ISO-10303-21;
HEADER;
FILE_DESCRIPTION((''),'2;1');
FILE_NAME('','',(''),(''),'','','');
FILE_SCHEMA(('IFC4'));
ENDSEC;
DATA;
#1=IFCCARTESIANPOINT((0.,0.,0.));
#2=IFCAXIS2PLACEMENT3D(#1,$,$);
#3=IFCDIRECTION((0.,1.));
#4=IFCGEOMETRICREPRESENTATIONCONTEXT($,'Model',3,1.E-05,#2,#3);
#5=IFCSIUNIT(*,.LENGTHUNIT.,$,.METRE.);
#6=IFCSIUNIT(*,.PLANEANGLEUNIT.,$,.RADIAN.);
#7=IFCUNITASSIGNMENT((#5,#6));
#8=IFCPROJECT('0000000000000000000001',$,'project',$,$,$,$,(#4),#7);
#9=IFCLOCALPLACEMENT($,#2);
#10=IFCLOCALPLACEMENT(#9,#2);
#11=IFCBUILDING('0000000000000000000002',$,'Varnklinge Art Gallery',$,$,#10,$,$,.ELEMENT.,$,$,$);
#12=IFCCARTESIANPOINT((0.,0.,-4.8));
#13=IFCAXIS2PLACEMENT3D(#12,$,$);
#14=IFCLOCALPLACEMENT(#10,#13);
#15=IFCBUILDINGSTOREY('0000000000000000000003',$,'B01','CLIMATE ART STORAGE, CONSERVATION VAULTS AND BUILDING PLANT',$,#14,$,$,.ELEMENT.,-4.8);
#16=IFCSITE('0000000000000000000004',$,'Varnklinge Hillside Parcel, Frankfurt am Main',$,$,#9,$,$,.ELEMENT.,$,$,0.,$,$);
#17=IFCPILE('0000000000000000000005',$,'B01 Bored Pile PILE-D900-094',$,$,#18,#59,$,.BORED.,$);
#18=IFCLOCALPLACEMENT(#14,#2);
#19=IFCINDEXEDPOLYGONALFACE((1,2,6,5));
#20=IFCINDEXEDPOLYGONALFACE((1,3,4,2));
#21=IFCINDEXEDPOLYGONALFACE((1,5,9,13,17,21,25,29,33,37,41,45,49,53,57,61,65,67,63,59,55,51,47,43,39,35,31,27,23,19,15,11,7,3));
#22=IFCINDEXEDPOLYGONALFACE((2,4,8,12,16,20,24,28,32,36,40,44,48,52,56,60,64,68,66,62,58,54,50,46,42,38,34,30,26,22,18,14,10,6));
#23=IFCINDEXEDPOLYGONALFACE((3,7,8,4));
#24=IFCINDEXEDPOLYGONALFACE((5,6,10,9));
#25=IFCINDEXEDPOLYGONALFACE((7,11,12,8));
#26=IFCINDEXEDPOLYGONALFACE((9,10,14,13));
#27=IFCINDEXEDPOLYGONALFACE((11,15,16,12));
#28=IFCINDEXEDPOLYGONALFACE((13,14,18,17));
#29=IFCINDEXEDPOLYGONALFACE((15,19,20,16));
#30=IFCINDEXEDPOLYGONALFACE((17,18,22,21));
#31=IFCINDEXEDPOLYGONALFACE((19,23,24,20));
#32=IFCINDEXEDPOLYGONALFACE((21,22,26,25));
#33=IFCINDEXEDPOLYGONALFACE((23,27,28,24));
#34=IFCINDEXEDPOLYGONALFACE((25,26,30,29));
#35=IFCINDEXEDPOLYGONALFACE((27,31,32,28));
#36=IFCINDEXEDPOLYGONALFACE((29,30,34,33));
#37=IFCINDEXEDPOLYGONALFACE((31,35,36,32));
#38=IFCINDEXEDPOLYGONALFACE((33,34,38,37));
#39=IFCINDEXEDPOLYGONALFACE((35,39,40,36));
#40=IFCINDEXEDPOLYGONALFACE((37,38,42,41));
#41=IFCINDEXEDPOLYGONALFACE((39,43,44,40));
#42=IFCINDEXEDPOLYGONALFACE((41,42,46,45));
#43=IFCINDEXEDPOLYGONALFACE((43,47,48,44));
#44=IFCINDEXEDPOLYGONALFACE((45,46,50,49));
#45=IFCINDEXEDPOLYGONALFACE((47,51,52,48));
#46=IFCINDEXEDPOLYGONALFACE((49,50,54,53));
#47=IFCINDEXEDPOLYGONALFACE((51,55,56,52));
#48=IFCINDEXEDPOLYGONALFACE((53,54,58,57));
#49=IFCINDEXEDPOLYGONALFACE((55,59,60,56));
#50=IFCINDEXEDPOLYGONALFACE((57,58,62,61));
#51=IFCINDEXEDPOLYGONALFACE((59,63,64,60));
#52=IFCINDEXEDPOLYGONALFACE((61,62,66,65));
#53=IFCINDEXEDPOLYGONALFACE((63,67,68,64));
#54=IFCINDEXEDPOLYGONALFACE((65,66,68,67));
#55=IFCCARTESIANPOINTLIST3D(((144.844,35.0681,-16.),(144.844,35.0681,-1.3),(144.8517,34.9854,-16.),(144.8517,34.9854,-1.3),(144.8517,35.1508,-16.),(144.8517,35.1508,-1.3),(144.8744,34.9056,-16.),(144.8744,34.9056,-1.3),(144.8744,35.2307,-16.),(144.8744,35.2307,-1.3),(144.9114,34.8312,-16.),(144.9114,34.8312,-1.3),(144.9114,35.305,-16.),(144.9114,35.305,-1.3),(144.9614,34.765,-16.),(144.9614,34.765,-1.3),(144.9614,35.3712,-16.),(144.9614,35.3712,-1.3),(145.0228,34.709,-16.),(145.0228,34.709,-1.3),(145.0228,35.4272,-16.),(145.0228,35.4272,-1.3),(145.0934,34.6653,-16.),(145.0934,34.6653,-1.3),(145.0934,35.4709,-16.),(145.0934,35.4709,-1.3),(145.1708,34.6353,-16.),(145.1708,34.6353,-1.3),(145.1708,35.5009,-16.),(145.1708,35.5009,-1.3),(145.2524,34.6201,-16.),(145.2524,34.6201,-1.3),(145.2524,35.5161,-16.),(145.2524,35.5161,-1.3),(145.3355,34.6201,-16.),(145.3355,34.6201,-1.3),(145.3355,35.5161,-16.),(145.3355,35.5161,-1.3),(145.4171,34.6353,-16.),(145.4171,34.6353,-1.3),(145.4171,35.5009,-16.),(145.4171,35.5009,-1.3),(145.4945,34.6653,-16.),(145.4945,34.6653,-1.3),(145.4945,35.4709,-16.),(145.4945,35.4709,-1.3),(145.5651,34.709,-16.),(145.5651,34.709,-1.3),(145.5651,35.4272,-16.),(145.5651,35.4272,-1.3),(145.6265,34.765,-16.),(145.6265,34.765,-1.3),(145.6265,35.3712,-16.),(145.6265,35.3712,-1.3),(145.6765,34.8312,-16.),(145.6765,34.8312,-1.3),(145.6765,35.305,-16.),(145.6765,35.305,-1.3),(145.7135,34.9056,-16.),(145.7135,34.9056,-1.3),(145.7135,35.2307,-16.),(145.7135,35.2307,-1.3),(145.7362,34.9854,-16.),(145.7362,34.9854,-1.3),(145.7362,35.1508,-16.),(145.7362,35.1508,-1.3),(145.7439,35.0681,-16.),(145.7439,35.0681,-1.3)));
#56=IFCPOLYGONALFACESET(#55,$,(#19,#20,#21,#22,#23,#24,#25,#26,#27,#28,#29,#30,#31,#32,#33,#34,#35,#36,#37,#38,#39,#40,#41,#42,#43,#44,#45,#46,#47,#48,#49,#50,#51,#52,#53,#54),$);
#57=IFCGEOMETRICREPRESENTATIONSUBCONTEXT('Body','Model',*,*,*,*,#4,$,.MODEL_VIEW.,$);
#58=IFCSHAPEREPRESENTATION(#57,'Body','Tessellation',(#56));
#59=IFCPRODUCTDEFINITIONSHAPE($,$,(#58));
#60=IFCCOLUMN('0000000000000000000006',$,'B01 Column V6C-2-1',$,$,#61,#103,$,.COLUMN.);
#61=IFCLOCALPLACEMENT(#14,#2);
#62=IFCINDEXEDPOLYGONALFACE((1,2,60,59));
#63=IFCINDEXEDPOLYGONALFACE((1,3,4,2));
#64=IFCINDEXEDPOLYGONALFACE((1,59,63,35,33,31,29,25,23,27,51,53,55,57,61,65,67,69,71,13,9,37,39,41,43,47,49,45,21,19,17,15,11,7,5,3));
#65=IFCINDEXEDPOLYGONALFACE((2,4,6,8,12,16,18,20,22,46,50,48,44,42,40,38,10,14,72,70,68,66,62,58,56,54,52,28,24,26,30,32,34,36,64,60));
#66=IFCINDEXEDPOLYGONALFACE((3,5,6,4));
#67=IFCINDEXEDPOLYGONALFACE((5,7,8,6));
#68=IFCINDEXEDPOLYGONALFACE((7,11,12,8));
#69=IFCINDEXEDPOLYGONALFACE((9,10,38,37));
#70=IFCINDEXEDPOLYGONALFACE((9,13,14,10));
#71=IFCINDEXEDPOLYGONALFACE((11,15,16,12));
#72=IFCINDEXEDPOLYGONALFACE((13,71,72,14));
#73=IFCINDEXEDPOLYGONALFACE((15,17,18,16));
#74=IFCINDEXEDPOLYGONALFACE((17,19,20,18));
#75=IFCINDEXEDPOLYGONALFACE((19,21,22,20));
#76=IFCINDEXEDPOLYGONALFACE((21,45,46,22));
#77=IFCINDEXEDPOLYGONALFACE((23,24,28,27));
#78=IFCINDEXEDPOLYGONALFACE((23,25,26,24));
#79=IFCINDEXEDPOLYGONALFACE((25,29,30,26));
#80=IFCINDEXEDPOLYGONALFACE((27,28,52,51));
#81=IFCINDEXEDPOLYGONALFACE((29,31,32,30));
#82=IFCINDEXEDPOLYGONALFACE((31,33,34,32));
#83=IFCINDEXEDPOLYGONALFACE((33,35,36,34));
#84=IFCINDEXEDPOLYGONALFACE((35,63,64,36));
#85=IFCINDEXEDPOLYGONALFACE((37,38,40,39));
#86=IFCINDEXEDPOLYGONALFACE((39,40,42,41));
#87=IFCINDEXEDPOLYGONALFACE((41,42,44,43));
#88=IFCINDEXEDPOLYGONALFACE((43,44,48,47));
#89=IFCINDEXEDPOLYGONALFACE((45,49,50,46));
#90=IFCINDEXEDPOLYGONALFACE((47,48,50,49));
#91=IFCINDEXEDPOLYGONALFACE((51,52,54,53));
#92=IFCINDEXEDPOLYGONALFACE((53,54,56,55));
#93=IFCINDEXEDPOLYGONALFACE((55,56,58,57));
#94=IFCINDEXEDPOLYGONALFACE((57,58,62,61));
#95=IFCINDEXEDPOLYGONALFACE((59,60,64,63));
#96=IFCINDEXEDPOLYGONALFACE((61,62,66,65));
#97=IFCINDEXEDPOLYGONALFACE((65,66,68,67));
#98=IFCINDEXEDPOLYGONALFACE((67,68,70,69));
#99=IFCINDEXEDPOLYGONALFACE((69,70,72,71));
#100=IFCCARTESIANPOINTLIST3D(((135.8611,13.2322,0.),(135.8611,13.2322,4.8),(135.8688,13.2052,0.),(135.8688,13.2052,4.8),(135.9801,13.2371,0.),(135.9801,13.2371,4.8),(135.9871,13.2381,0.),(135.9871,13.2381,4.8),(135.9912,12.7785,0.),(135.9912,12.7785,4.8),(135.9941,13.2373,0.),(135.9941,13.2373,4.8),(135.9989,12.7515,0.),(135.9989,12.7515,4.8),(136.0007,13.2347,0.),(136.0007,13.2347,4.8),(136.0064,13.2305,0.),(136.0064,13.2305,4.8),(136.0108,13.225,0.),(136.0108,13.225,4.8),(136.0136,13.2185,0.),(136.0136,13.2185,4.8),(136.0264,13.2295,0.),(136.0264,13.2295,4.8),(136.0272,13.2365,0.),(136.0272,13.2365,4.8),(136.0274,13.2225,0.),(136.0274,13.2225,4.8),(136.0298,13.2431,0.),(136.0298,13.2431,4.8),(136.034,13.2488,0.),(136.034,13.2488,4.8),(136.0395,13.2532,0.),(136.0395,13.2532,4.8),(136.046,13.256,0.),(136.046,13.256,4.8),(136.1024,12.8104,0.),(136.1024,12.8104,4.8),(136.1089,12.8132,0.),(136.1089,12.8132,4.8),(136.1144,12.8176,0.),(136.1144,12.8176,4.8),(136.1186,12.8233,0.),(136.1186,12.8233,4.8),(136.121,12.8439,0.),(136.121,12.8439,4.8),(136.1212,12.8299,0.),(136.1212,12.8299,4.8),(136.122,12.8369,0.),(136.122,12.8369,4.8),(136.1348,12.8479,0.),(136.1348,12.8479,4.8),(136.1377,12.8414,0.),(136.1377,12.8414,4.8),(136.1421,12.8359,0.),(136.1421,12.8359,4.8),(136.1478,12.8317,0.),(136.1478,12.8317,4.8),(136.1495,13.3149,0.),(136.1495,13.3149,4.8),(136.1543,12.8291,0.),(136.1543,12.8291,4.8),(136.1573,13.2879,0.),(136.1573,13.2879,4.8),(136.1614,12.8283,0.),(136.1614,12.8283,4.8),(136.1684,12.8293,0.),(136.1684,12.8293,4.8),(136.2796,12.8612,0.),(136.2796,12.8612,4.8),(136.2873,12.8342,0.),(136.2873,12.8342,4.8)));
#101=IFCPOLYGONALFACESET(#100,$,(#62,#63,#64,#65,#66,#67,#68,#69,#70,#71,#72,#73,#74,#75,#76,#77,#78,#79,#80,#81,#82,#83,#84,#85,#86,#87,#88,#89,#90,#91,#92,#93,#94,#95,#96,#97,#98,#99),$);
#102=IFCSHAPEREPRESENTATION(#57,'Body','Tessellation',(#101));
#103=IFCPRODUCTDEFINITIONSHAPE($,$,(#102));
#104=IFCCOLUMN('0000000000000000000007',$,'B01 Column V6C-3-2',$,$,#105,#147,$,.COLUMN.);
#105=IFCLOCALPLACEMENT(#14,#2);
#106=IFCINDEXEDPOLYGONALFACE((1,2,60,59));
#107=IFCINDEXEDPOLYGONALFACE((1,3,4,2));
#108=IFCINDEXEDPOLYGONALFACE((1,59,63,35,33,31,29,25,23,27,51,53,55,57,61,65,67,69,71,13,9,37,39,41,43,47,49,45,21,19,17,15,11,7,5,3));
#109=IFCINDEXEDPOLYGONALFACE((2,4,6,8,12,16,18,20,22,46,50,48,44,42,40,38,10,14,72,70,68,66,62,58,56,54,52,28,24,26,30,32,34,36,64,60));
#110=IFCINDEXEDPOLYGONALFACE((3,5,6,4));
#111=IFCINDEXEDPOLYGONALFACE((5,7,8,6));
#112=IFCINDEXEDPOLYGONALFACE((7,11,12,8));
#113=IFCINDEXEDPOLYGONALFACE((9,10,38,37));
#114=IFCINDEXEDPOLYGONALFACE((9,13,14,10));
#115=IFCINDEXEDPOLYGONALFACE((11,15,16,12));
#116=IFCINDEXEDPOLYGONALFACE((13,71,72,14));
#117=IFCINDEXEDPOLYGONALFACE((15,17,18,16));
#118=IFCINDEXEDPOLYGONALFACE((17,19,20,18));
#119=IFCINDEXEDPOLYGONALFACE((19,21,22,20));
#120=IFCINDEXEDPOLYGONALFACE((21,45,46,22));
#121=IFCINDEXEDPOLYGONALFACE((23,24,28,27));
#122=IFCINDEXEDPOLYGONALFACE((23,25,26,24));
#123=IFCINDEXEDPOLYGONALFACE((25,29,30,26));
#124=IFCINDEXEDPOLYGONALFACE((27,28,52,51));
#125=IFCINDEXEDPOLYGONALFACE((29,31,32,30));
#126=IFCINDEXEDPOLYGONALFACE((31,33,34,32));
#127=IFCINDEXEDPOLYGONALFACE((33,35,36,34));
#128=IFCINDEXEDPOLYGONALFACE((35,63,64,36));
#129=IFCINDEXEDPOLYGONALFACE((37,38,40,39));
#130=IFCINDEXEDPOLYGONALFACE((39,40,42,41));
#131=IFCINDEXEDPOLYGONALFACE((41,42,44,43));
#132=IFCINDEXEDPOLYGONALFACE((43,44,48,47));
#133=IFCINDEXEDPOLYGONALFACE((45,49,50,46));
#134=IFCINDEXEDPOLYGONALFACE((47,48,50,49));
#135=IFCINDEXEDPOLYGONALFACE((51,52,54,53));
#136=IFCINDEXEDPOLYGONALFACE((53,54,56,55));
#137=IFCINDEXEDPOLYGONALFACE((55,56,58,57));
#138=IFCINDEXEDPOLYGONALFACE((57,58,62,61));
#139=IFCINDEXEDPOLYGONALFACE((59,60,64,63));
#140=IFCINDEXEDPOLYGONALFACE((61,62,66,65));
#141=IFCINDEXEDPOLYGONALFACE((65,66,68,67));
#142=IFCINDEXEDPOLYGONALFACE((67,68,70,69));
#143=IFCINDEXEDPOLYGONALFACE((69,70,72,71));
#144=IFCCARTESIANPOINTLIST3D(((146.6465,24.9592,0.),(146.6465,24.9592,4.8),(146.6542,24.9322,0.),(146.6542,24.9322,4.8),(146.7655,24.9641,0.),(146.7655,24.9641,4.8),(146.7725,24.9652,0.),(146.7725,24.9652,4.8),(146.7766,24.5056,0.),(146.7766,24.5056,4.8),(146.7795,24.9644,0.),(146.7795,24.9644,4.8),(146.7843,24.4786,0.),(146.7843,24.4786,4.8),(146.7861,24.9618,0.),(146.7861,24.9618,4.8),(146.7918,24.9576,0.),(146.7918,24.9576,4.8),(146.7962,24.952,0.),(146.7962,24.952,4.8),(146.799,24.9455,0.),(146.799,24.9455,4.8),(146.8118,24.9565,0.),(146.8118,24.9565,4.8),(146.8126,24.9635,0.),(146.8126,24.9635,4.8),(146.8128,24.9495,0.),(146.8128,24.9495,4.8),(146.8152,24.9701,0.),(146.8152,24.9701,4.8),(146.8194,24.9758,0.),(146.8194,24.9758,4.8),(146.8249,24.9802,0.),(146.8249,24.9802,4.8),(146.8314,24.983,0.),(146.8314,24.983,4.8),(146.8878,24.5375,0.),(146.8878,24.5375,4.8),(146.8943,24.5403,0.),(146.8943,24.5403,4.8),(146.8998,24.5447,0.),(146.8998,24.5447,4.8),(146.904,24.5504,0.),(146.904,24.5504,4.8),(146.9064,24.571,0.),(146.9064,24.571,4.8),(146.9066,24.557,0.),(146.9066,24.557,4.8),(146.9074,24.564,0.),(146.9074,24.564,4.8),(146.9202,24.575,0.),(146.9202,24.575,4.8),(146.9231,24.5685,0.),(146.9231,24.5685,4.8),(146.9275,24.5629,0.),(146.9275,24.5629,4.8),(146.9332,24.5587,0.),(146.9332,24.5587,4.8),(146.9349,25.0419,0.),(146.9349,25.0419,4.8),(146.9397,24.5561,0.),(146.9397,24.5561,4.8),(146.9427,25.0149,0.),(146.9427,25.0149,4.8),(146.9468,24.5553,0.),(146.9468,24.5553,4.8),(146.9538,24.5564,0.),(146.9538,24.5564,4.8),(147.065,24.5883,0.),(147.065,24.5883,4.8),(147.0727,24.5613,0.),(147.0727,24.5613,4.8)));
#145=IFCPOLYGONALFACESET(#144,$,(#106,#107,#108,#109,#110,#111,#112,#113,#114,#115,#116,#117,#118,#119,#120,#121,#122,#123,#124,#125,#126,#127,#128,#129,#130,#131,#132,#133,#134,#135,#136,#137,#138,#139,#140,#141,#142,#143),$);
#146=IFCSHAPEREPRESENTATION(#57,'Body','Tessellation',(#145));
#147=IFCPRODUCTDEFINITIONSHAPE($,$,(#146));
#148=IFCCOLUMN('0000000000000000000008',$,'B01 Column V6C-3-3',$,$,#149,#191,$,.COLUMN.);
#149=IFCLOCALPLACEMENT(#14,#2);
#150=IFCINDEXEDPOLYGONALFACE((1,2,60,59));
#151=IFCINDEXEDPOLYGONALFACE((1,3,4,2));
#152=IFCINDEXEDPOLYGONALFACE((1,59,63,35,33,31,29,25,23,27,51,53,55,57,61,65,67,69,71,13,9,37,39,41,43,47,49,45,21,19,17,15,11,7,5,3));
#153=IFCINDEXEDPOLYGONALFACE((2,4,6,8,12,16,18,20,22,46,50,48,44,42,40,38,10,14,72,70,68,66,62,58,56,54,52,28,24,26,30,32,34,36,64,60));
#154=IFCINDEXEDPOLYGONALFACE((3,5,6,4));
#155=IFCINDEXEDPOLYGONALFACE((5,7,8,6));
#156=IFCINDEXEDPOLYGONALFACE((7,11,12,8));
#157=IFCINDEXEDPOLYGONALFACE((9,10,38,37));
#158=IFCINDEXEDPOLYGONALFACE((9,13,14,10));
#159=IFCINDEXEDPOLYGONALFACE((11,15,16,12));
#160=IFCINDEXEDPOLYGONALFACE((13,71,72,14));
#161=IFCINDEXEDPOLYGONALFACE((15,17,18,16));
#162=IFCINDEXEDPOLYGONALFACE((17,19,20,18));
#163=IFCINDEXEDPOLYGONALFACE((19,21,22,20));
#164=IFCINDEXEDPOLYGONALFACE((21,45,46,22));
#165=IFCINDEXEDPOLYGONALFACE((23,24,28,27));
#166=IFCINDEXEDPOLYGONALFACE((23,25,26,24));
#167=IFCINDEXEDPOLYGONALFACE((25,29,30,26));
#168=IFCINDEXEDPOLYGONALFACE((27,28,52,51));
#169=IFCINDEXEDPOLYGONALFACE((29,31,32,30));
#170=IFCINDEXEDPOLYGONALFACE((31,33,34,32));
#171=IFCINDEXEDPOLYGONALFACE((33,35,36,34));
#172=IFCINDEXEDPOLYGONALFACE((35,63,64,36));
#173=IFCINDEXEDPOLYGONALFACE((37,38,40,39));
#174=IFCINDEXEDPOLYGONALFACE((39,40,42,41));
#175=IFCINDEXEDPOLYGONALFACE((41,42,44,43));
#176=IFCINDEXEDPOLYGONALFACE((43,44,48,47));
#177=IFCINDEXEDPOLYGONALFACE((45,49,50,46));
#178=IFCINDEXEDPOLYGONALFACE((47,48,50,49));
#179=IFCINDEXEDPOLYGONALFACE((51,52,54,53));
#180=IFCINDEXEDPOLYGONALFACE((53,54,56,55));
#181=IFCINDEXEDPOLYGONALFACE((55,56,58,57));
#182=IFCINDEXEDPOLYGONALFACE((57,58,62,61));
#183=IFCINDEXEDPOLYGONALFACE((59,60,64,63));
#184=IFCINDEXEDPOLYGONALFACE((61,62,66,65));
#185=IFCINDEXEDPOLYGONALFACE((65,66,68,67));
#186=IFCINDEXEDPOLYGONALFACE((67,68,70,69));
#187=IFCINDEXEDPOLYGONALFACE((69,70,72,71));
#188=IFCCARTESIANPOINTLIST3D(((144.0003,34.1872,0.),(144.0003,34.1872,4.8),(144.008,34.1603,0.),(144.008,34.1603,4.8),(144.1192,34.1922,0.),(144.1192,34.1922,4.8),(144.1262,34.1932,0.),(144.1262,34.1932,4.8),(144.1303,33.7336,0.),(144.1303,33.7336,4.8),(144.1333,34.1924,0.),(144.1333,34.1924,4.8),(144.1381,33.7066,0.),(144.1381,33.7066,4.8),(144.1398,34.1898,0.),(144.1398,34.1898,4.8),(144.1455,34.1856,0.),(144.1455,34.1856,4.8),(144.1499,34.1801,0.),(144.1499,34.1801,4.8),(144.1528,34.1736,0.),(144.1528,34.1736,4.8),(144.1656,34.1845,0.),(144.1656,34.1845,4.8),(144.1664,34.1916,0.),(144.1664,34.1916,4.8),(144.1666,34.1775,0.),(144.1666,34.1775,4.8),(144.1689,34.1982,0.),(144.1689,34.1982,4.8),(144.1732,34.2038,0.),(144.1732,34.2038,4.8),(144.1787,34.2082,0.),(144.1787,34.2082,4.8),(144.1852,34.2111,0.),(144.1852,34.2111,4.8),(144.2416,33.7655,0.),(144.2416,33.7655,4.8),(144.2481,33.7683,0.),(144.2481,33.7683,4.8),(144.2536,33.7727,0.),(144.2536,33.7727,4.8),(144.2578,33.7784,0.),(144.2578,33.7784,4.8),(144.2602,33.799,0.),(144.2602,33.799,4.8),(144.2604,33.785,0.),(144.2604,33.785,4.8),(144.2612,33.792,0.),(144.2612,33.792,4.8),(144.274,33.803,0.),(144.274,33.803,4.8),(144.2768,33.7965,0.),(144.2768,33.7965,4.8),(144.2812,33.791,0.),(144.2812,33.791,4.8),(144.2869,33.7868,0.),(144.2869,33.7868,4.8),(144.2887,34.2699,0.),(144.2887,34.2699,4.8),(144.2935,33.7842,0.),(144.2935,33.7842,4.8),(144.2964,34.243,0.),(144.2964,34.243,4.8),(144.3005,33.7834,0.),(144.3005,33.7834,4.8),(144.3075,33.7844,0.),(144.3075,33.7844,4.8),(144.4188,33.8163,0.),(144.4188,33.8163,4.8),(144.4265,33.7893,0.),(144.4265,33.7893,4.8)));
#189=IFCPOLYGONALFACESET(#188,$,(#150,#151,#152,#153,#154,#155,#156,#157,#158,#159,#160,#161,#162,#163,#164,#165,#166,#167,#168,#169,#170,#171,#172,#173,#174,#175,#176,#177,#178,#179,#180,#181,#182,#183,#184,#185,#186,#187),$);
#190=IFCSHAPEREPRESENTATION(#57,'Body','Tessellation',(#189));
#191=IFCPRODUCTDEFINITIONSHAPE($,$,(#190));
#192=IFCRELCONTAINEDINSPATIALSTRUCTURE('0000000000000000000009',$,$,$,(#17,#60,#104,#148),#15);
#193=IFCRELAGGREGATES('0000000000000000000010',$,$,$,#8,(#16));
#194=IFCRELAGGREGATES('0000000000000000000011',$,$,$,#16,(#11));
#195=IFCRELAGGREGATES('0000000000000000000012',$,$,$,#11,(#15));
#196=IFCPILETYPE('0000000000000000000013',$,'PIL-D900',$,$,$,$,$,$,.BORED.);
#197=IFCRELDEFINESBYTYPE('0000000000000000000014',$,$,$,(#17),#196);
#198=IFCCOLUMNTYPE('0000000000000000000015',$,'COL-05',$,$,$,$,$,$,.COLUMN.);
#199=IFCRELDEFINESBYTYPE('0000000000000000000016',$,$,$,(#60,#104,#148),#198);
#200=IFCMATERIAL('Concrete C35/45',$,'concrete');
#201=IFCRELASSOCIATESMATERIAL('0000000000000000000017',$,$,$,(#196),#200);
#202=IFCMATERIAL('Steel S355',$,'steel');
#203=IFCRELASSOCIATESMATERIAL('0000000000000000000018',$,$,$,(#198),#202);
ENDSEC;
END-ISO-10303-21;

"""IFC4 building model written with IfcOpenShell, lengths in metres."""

from ifc_helpers import new_model, si_unit, direction, frame, origin, origin_2d, place, context, subcontext, project, spatial, circle, i_section, extrude, material, material_profile, profile_set, type_object, element, save


model = new_model("IFC4")

# Units and contexts
model_context = context("Model", 3, precision=1e-05, world=origin(), true_north=direction((0.0, 1.0)))
body_context = subcontext(model_context, "Body", "Model", "MODEL_VIEW")
ifc_project = project(units=[si_unit("LENGTHUNIT", "METRE"), si_unit("PLANEANGLEUNIT", "RADIAN")], contexts=[model_context])

# Site, building, storey
site_placement = place(None, origin())
site = spatial("IfcSite", under=ifc_project, at=site_placement, Name="Varnklinge Hillside Parcel, Frankfurt am Main", CompositionType="ELEMENT", RefElevation=0.0)
building_placement = place(site_placement, origin())
building = spatial("IfcBuilding", under=site, at=building_placement, Name="Varnklinge Art Gallery", CompositionType="ELEMENT")
storey_placement = place(building_placement, frame((0.0, 0.0, -4.8)))
storey = spatial("IfcBuildingStorey", under=building, at=storey_placement, Name="B01", Description="CLIMATE ART STORAGE, CONSERVATION VAULTS AND BUILDING PLANT", CompositionType="ELEMENT", Elevation=-4.8)

# Pile
ifc_material_1 = material(Name="Concrete C35/45", Category="concrete")
ifc_material_profile_1 = material_profile(ifc_material_1, circle(Radius=0.45, at=origin_2d()), Name="PILE D900")
ifc_profile_set_1 = profile_set([ifc_material_profile_1], Name="Concrete C35/45")
pile_type = type_object("IfcPileType", Name="PIL-D900", PredefinedType="BORED", material=ifc_profile_set_1)
for number, where, z_axis, x_axis, name in (
    (1, (145.2939, 35.0681, -1.3), (0.0, 0.0, -1.0), (1.0, 0.0, 0.0), "B01 Bored Pile PILE-D900-094"),
):
    element("IfcPile", number, at=place(storey_placement, frame(where, z_axis=z_axis, x_axis=x_axis)), inside=storey, type_object=pile_type, Name=name, PredefinedType="BORED", context=body_context, shape_type="SweptSolid", body=[
        extrude(circle(Radius=0.45, at=origin_2d()), origin(), (0.0, 0.0, 1.0), 14.7),
    ])

# Columns
ifc_material_2 = material(Name="Steel S355", Category="steel")
ifc_material_profile_2 = material_profile(ifc_material_2, i_section(OverallWidth=0.3, OverallDepth=0.5, WebThickness=0.0144, FlangeThickness=0.0281, FilletRadius=0.0271, at=origin_2d()), Name="HEB 500")
ifc_profile_set_2 = profile_set([ifc_material_profile_2], Name="Steel S355")
column_type = type_object("IfcColumnType", Name="COL-05", PredefinedType="COLUMN", material=ifc_profile_set_2)
for number, where, z_axis, x_axis, name in (
    (2, (136.0742, 13.0332, 0.0), (0.0, 0.0, 1.0), (0.961262, 0.275637, 0.0), "B01 Column V6C-2-1"),
    (3, (146.8596, 24.7603, 0.0), (0.0, 0.0, 1.0), (0.961262, 0.275637, 0.0), "B01 Column V6C-3-2"),
    (4, (144.2134, 33.9883, 0.0), (0.0, 0.0, 1.0), (0.961262, 0.275637, 0.0), "B01 Column V6C-3-3"),
):
    element("IfcColumn", number, at=place(storey_placement, frame(where, z_axis=z_axis, x_axis=x_axis)), inside=storey, type_object=column_type, Name=name, PredefinedType="COLUMN", context=body_context, shape_type="SweptSolid", body=[
        extrude(i_section(OverallWidth=0.3, OverallDepth=0.5, WebThickness=0.0144, FlangeThickness=0.0281, FilletRadius=0.0271, at=origin_2d()), origin(), (0.0, 0.0, 1.0), 4.8),
    ])

save(model, "model.ifc")
